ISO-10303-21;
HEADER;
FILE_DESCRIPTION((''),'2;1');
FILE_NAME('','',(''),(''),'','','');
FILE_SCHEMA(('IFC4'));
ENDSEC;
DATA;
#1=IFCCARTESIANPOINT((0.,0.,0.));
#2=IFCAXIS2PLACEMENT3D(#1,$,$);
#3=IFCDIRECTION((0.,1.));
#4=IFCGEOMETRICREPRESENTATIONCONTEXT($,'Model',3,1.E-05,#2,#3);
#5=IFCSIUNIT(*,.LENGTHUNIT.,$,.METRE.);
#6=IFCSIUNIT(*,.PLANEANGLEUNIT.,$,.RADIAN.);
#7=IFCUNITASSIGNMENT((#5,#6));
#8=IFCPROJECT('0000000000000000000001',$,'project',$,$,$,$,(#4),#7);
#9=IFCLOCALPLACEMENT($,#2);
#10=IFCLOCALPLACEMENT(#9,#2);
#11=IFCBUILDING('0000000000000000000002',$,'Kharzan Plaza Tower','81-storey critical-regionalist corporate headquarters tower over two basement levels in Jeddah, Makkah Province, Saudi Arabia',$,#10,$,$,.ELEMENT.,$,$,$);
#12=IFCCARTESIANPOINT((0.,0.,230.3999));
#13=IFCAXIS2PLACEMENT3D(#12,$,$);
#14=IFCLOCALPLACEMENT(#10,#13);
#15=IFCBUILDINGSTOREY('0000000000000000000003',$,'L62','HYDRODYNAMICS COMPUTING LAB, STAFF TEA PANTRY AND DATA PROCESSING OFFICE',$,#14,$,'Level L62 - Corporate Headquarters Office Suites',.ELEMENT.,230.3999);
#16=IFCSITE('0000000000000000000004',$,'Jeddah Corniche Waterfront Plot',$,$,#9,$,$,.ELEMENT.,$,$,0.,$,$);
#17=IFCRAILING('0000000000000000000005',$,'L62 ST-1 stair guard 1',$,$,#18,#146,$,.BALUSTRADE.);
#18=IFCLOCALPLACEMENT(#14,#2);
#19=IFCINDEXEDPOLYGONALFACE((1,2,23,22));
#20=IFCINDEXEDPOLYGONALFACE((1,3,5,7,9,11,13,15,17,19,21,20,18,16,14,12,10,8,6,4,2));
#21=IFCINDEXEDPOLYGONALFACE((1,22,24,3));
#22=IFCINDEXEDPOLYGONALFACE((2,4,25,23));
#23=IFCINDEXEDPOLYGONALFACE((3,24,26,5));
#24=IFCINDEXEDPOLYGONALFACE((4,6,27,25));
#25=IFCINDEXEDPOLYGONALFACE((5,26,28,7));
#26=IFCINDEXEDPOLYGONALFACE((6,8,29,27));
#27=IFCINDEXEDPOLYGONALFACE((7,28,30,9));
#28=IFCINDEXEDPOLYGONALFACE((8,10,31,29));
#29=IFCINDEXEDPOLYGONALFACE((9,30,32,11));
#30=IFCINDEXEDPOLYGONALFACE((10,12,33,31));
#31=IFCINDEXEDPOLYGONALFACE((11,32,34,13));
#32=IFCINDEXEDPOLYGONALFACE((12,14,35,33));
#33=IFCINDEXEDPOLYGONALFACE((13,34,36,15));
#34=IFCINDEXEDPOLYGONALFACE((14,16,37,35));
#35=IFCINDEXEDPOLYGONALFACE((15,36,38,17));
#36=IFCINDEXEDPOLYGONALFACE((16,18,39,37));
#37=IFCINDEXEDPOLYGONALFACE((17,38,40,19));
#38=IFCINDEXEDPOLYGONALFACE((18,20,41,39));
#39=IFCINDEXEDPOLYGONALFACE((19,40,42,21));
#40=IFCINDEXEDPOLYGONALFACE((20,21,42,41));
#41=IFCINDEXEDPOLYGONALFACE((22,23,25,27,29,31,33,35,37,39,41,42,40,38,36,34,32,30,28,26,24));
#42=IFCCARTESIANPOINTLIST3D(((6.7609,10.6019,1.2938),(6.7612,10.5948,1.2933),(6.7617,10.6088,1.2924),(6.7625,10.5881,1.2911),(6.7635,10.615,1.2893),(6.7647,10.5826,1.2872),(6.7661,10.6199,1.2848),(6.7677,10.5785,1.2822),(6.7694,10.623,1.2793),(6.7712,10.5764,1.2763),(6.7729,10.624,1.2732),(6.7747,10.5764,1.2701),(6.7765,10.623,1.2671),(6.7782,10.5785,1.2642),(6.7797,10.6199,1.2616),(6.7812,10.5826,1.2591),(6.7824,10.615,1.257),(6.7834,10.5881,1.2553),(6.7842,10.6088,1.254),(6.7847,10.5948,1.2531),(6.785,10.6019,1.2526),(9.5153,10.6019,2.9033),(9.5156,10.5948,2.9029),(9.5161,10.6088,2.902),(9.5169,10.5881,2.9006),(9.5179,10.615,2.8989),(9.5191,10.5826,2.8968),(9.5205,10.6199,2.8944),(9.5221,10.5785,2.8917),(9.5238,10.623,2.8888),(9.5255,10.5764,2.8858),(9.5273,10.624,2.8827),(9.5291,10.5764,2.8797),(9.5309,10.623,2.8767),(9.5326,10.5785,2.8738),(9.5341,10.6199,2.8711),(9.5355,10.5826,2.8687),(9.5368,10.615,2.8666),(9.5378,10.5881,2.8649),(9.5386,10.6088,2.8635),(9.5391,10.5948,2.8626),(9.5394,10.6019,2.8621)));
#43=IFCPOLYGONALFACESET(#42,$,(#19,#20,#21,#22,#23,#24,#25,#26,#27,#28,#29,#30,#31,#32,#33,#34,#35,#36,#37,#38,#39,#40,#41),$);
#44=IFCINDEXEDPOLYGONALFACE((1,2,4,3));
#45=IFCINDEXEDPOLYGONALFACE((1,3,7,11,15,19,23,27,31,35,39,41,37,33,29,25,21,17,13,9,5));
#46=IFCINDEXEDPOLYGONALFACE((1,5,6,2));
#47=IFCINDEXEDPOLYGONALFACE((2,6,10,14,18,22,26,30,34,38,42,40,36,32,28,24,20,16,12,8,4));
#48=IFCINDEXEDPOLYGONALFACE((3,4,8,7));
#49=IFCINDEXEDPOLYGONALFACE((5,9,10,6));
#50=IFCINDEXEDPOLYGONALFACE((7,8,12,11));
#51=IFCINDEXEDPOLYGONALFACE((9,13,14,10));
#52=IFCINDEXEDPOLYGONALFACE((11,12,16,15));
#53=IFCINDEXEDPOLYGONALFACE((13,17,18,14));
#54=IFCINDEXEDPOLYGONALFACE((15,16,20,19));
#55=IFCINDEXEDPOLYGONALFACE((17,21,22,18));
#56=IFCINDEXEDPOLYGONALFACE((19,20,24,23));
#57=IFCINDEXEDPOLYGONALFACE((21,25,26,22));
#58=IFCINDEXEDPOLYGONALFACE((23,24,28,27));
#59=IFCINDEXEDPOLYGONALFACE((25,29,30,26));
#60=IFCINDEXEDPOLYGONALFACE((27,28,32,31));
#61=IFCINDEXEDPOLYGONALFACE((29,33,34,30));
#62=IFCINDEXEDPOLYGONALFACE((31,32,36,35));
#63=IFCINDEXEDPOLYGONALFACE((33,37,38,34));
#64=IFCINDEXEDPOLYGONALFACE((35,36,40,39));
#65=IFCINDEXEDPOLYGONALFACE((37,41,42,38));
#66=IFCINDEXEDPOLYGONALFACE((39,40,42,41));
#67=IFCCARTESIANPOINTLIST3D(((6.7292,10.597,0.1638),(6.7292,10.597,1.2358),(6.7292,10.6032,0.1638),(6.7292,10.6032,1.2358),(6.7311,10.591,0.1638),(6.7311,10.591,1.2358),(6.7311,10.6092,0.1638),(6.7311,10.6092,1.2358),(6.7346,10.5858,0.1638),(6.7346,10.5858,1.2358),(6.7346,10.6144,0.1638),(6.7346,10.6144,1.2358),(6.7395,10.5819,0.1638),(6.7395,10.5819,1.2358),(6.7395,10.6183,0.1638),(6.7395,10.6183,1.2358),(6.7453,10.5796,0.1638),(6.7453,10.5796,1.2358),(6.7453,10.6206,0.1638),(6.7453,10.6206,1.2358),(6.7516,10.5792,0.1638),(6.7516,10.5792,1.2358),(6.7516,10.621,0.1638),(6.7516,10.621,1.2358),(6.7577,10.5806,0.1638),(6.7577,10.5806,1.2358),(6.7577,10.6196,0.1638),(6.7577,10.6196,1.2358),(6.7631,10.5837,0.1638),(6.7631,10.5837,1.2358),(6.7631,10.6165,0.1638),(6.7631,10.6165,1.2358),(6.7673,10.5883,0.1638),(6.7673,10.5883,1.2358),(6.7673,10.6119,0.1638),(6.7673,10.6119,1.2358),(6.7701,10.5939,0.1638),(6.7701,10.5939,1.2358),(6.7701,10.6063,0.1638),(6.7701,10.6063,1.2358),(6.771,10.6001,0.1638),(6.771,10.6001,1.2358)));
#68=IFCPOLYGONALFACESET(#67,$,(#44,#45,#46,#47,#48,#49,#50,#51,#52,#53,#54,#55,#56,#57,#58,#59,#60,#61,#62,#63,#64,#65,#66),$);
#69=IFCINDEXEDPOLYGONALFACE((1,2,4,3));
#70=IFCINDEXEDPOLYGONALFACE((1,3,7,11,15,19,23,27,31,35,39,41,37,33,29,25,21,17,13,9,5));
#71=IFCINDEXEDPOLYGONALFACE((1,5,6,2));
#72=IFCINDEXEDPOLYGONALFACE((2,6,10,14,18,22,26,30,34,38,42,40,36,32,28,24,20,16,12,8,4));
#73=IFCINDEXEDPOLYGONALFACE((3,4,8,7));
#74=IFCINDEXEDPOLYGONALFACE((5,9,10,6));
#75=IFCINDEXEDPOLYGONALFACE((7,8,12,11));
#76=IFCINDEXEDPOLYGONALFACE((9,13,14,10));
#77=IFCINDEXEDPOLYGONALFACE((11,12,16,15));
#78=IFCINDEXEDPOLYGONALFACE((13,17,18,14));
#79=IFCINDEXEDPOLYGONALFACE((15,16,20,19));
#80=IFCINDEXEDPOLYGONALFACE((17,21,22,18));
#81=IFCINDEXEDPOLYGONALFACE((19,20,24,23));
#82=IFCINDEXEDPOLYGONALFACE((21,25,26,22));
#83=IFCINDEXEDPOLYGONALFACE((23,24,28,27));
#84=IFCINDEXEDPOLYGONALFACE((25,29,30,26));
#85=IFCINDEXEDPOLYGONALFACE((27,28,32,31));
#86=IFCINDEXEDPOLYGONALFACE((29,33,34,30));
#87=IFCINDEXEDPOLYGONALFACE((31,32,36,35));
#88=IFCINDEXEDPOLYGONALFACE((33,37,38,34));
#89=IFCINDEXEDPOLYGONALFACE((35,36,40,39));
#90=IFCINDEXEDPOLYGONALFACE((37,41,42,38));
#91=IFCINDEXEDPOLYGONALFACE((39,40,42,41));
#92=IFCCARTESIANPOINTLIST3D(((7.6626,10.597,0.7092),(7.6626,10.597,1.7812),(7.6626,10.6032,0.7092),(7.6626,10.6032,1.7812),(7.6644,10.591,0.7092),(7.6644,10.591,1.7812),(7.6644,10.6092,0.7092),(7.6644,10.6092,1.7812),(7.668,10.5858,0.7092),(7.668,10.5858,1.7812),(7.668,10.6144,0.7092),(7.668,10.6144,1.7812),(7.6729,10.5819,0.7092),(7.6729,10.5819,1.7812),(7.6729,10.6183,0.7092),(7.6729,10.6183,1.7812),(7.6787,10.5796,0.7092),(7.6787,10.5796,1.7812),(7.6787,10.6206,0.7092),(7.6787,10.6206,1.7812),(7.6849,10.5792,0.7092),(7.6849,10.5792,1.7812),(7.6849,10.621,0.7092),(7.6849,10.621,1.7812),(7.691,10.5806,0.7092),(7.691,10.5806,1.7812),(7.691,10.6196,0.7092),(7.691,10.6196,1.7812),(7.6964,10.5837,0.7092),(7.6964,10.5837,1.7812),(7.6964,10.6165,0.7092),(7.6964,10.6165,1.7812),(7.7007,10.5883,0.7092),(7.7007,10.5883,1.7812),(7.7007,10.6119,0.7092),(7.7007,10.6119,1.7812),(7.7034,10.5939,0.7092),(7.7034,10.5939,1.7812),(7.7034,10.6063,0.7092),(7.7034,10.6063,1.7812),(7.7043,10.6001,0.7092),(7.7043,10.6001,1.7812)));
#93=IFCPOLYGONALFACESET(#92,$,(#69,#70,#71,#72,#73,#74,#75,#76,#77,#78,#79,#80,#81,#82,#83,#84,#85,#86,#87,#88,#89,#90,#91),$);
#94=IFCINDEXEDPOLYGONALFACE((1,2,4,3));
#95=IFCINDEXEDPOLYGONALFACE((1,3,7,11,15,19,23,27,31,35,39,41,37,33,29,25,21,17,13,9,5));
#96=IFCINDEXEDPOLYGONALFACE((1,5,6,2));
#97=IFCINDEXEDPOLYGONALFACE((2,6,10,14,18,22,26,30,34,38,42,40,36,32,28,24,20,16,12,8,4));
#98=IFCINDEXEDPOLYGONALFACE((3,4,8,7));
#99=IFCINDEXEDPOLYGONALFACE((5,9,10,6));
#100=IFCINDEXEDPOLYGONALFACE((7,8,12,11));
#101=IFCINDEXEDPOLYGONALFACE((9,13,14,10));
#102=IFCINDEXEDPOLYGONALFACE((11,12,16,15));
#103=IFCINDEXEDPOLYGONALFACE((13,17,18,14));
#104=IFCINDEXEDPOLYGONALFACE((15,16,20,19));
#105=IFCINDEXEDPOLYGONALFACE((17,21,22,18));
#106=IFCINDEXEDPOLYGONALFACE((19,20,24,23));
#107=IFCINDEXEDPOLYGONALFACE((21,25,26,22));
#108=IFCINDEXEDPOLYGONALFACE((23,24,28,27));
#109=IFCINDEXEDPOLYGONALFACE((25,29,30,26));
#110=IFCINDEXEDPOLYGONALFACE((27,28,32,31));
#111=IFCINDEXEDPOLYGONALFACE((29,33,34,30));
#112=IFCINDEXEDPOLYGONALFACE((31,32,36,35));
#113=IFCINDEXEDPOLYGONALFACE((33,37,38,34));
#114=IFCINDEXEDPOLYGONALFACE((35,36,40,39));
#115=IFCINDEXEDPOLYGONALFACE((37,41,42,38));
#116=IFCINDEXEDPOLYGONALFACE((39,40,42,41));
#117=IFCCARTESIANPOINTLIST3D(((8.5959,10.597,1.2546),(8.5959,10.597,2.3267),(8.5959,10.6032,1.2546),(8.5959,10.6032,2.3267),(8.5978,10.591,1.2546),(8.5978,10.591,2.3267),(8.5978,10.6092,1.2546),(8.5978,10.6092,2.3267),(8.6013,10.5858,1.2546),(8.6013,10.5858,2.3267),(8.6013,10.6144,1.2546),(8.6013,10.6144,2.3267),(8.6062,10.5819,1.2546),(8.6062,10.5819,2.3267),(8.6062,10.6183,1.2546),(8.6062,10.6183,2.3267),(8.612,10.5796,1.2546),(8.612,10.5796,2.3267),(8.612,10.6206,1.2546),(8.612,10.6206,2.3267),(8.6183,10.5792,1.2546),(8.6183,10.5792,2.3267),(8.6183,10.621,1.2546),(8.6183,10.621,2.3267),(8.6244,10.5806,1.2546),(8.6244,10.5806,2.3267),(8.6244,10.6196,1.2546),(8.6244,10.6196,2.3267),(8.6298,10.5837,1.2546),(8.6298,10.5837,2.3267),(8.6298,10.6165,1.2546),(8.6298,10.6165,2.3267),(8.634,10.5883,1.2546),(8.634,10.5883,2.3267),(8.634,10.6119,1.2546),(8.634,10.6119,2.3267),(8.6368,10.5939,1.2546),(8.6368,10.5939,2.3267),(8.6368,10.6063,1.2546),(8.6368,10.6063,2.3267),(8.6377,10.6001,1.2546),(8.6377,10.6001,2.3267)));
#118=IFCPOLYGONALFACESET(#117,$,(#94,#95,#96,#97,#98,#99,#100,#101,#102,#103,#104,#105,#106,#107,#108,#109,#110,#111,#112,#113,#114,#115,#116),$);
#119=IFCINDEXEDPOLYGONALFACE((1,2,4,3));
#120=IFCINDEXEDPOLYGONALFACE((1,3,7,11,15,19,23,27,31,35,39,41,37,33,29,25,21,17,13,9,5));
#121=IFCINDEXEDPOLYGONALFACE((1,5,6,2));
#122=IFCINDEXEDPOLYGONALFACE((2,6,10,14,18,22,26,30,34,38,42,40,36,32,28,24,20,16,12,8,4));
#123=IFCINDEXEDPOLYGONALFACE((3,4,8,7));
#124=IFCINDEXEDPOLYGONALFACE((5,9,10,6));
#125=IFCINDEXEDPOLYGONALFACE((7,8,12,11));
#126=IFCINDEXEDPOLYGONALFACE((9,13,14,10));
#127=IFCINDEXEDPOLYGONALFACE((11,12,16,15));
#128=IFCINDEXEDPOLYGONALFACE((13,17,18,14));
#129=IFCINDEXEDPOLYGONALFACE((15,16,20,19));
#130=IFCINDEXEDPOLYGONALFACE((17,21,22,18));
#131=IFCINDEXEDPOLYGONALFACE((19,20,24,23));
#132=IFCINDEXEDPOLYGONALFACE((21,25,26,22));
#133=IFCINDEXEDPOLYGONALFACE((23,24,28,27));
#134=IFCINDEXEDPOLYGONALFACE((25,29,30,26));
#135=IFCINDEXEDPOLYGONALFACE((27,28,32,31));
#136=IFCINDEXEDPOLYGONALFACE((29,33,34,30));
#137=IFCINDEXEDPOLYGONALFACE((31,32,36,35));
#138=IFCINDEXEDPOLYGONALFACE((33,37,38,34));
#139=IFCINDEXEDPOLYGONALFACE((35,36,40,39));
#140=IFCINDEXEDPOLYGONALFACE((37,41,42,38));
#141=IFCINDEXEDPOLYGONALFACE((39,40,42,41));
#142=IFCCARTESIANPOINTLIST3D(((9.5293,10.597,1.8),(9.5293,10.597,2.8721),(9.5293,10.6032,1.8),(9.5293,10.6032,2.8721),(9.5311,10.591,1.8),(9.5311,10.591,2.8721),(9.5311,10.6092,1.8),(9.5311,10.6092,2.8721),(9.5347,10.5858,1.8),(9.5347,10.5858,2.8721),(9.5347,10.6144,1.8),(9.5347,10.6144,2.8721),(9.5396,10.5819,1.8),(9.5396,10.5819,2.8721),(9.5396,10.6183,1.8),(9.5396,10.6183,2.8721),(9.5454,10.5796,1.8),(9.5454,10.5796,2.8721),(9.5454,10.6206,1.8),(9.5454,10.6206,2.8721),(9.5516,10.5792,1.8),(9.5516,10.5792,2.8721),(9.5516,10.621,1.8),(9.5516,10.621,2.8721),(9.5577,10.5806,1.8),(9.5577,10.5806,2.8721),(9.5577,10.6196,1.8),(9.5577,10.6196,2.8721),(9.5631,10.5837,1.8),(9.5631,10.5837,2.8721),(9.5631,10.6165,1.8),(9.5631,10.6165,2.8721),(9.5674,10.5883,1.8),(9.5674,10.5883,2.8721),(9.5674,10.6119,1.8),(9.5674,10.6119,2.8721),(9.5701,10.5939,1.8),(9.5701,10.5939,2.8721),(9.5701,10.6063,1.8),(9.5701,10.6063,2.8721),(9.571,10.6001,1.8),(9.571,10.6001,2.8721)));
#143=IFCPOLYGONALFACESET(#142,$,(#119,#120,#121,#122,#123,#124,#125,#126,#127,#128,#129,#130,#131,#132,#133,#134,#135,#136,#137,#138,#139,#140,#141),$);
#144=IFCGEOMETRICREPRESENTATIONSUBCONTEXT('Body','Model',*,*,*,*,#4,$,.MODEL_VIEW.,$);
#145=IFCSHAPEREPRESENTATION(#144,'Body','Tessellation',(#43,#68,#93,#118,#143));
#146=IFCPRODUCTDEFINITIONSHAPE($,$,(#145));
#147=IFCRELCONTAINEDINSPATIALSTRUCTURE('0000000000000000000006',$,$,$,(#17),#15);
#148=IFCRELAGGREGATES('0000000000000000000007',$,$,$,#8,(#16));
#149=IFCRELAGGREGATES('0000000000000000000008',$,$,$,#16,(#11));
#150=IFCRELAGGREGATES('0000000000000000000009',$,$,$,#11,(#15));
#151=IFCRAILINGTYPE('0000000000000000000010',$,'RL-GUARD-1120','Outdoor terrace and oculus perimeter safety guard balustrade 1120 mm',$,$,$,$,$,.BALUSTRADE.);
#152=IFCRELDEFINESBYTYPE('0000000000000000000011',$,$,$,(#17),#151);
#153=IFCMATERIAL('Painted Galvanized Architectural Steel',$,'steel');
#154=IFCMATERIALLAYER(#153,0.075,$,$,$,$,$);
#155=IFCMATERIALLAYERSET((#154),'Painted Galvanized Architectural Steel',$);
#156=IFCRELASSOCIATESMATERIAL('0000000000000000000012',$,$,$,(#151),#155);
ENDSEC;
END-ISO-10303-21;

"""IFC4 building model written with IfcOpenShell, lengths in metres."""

from ifc_helpers import new_model, si_unit, direction, frame, origin, origin_2d, place, context, subcontext, project, spatial, circle, extrude, source, transform, mapped, material, layer, layer_set, type_object, element, save


model = new_model("IFC4")

# Units and contexts
model_context = context("Model", 3, precision=1e-05, world=origin(), true_north=direction((0.0, 1.0)))
body_context = subcontext(model_context, "Body", "Model", "MODEL_VIEW")
ifc_project = project(units=[si_unit("LENGTHUNIT", "METRE"), si_unit("PLANEANGLEUNIT", "RADIAN")], contexts=[model_context])

# Site, building, storey
site_placement = place(None, origin())
site = spatial("IfcSite", under=ifc_project, at=site_placement, Name="Jeddah Corniche Waterfront Plot", CompositionType="ELEMENT", RefElevation=0.0)
building_placement = place(site_placement, origin())
building = spatial("IfcBuilding", under=site, at=building_placement, Name="Kharzan Plaza Tower", Description="81-storey critical-regionalist corporate headquarters tower over two basement levels in Jeddah, Makkah Province, Saudi Arabia", CompositionType="ELEMENT")
storey_placement = place(building_placement, frame((0.0, 0.0, 230.3999)))
storey = spatial("IfcBuildingStorey", under=building, at=storey_placement, Name="L62", Description="HYDRODYNAMICS COMPUTING LAB, STAFF TEA PANTRY AND DATA PROCESSING OFFICE", LongName="Level L62 - Corporate Headquarters Office Suites", CompositionType="ELEMENT", Elevation=230.3999)

# Shared definitions
ifc_material_1 = material(Name="Painted Galvanized Architectural Steel", Category="steel")
ifc_layer_1 = layer(ifc_material_1, 0.075)
ifc_layer_set_1 = layer_set([ifc_layer_1], Name="Painted Galvanized Architectural Steel")
railing_type_1 = type_object("IfcRailingType", Name="RL-GUARD-1120", Description="Outdoor terrace and oculus perimeter safety guard balustrade 1120 mm", PredefinedType="BALUSTRADE", material=ifc_layer_set_1)

# Railing
shared_shape_1 = source(origin(), body_context, "Body", "SweptSolid", [
    extrude(circle(Radius=0.0239, at=origin_2d()), frame((0.0229, 0.0, 1.1094), z_axis=(0.863394, 0.0, 0.504531), x_axis=(0.0, 1.0, 0.0)), (0.0, 0.0, 1.0), 3.1902),
    extrude(circle(Radius=0.021, at=origin_2d()), origin(), (0.0, 0.0, 1.0), 1.072),
    extrude(circle(Radius=0.021, at=origin_2d()), frame((0.9333, 0.0, 0.5454)), (0.0, 0.0, 1.0), 1.072),
    extrude(circle(Radius=0.021, at=origin_2d()), frame((1.8667, 0.0, 1.0908)), (0.0, 0.0, 1.0), 1.072),
    extrude(circle(Radius=0.021, at=origin_2d()), frame((2.8, 0.0, 1.6362)), (0.0, 0.0, 1.0), 1.072),
])
railing_1_placement = place(storey_placement, frame((6.75, 10.6001, 0.1638)))
element("IfcRailing", 1, at=railing_1_placement, inside=storey, type_object=railing_type_1, Name="L62 ST-1 stair guard 1", PredefinedType="BALUSTRADE", context=body_context, shape_type="MappedRepresentation", body=[
    mapped(shared_shape_1, transform((0.0, 0.0, 0.0), x_axis=(1.0, 0.0, 0.0), y_axis=(0.0, 1.0, 0.0), z_axis=(0.0, 0.0, 1.0))),
])

save(model, "model.ifc")
